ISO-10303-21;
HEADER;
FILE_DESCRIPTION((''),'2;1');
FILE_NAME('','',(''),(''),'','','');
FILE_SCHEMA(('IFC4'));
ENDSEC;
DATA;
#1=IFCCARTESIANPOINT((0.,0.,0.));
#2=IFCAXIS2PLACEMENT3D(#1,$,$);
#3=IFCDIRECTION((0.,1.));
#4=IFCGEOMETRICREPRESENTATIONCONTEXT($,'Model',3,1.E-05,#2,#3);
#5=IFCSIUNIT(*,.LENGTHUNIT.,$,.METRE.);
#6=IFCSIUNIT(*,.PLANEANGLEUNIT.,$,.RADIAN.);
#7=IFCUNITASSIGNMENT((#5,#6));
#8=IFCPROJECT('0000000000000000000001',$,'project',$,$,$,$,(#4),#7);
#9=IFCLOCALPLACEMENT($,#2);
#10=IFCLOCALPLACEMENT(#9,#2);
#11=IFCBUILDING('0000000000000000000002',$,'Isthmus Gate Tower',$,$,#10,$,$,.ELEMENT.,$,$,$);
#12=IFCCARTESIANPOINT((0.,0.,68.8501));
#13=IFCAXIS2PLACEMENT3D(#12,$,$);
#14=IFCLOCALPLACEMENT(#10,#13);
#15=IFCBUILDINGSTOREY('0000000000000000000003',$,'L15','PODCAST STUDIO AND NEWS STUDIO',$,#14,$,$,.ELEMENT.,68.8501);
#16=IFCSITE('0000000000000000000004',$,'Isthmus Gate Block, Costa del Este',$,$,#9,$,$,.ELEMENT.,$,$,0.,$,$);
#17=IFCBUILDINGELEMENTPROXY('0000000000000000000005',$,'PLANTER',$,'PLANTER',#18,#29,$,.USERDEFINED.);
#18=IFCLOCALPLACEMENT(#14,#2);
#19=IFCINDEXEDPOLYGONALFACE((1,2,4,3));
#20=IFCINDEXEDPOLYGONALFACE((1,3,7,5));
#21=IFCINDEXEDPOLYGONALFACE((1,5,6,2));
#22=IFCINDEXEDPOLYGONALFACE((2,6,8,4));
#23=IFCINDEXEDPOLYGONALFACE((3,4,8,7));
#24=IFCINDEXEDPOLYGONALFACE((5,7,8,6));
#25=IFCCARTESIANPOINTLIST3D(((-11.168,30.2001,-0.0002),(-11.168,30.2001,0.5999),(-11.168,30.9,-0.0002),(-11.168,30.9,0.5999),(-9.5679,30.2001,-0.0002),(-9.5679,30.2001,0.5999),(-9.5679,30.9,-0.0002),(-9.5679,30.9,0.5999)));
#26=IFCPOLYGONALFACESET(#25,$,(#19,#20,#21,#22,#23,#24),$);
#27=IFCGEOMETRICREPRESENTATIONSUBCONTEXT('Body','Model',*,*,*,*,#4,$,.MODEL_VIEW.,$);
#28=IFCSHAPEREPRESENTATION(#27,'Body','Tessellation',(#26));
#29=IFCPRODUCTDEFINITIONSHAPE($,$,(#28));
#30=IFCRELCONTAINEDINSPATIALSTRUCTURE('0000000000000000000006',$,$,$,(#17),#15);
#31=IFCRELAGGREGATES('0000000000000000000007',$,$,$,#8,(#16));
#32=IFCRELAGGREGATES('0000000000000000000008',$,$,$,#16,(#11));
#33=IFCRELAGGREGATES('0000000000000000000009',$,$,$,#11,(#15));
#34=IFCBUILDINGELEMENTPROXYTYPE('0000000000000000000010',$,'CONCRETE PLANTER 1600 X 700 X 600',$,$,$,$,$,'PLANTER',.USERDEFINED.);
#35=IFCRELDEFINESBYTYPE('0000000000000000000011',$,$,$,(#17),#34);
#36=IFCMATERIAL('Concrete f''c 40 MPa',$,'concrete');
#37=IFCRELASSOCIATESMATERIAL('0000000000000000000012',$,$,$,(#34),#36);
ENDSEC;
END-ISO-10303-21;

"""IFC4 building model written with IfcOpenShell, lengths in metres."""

from ifc_helpers import new_model, si_unit, direction, frame, origin, origin_2d, place, context, subcontext, project, spatial, rectangle, extrude, material, type_object, element, save


model = new_model("IFC4")

# Units and contexts
model_context = context("Model", 3, precision=1e-05, world=origin(), true_north=direction((0.0, 1.0)))
body_context = subcontext(model_context, "Body", "Model", "MODEL_VIEW")
ifc_project = project(units=[si_unit("LENGTHUNIT", "METRE"), si_unit("PLANEANGLEUNIT", "RADIAN")], contexts=[model_context])

# Site, building, storey
site_placement = place(None, origin())
site = spatial("IfcSite", under=ifc_project, at=site_placement, Name="Isthmus Gate Block, Costa del Este", CompositionType="ELEMENT", RefElevation=0.0)
building_placement = place(site_placement, origin())
building = spatial("IfcBuilding", under=site, at=building_placement, Name="Isthmus Gate Tower", CompositionType="ELEMENT")
storey_placement = place(building_placement, frame((0.0, 0.0, 68.8501)))
storey = spatial("IfcBuildingStorey", under=building, at=storey_placement, Name="L15", Description="PODCAST STUDIO AND NEWS STUDIO", CompositionType="ELEMENT", Elevation=68.8501)

# Building element proxy
ifc_material_1 = material(Name="Concrete f'c 40 MPa", Category="concrete")
building_element_proxy_type = type_object("IfcBuildingElementProxyType", Name="CONCRETE PLANTER 1600 X 700 X 600", ElementType="PLANTER", PredefinedType="USERDEFINED", material=ifc_material_1)
for number, where, z_axis, x_axis, name in (
    (1, (-10.3679, 30.55, -0.0002), (0.0, 0.0, 1.0), (-1.0, 0.0, 0.0), "PLANTER"),
):
    element("IfcBuildingElementProxy", number, at=place(storey_placement, frame(where, z_axis=z_axis, x_axis=x_axis)), inside=storey, type_object=building_element_proxy_type, Name=name, ObjectType="PLANTER", PredefinedType="USERDEFINED", context=body_context, shape_type="SweptSolid", body=[
        extrude(rectangle(XDim=1.6001, YDim=0.7, at=origin_2d()), origin(), (0.0, 0.0, 1.0), 0.6001),
    ])

save(model, "model.ifc")
